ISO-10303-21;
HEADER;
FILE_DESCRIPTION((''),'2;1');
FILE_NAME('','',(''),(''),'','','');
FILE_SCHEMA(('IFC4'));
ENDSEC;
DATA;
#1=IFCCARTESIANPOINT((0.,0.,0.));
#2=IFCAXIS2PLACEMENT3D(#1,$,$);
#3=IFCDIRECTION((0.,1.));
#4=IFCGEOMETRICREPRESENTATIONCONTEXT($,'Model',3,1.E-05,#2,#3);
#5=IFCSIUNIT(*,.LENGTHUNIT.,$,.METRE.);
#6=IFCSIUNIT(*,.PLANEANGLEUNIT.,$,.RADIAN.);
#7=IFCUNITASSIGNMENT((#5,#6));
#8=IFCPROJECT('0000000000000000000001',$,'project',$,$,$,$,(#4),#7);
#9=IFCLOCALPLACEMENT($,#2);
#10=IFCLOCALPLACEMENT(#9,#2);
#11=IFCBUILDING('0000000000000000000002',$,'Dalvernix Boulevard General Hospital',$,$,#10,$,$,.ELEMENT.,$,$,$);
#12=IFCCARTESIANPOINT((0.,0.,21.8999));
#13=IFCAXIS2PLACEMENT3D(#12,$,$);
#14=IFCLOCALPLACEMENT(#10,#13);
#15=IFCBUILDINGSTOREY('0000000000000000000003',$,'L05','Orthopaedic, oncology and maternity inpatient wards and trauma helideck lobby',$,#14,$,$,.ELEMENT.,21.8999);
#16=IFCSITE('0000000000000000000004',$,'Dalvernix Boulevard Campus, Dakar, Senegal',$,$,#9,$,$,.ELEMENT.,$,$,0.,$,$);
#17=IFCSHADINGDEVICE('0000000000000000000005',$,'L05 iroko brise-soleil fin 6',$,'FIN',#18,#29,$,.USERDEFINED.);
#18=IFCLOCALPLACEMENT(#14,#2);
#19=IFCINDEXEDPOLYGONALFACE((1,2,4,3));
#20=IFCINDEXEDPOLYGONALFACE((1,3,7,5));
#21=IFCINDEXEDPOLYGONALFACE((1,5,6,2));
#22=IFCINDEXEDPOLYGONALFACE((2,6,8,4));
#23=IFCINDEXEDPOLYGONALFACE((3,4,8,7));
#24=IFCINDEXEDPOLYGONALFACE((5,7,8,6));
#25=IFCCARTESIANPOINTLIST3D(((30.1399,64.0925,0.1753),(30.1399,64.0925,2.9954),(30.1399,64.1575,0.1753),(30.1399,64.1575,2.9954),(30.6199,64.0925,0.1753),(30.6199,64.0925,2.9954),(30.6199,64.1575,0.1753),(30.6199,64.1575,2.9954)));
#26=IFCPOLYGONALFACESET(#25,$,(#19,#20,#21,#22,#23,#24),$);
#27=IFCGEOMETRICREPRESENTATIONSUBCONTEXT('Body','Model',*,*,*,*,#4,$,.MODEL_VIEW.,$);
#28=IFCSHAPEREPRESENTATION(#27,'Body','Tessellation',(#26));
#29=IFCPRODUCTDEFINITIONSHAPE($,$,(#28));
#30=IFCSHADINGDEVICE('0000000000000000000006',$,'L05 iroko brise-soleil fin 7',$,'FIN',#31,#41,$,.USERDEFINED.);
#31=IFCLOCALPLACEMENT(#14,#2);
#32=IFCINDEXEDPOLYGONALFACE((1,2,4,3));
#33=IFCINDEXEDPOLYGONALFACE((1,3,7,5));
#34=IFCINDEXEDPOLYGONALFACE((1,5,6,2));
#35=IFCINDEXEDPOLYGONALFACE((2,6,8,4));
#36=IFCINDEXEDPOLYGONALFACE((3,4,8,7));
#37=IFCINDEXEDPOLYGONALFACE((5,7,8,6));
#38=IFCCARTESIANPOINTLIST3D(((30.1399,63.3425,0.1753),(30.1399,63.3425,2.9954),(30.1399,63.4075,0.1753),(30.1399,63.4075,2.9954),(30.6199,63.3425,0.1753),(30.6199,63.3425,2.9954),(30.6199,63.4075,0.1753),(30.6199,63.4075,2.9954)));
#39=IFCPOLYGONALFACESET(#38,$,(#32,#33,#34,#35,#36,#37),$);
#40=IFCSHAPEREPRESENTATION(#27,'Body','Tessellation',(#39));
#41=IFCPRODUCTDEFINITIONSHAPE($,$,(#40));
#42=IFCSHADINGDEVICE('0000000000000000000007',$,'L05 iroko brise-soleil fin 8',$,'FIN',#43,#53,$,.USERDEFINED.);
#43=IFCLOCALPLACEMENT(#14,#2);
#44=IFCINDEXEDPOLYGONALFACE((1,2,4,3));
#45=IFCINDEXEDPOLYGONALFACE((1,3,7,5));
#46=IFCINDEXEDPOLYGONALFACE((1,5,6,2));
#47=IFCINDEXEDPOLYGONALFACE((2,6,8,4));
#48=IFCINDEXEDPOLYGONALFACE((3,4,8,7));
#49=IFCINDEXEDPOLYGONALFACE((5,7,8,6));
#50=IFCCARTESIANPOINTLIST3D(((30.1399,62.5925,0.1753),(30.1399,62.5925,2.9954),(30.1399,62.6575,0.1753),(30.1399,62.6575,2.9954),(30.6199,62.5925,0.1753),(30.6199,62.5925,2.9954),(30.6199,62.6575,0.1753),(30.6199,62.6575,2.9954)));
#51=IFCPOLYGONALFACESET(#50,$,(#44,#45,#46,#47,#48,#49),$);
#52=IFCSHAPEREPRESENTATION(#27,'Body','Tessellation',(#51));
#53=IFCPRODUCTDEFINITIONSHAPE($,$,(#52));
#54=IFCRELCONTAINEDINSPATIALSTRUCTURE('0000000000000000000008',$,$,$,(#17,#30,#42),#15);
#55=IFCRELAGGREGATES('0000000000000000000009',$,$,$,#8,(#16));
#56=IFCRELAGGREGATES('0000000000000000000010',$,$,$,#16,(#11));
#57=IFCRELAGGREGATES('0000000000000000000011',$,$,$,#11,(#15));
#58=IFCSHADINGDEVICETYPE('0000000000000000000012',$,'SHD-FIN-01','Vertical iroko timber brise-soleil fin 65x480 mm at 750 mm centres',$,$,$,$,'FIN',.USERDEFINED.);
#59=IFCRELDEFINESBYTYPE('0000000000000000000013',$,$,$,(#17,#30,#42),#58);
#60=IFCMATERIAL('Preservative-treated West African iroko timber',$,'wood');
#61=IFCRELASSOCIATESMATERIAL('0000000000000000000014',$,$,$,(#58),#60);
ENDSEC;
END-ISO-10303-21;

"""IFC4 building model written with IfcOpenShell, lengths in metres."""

from ifc_helpers import new_model, si_unit, direction, frame, origin, origin_2d, place, context, subcontext, project, spatial, rectangle, extrude, material, type_object, element, save


model = new_model("IFC4")

# Units and contexts
model_context = context("Model", 3, precision=1e-05, world=origin(), true_north=direction((0.0, 1.0)))
body_context = subcontext(model_context, "Body", "Model", "MODEL_VIEW")
ifc_project = project(units=[si_unit("LENGTHUNIT", "METRE"), si_unit("PLANEANGLEUNIT", "RADIAN")], contexts=[model_context])

# Site, building, storey
site_placement = place(None, origin())
site = spatial("IfcSite", under=ifc_project, at=site_placement, Name="Dalvernix Boulevard Campus, Dakar, Senegal", CompositionType="ELEMENT", RefElevation=0.0)
building_placement = place(site_placement, origin())
building = spatial("IfcBuilding", under=site, at=building_placement, Name="Dalvernix Boulevard General Hospital", CompositionType="ELEMENT")
storey_placement = place(building_placement, frame((0.0, 0.0, 21.8999)))
storey = spatial("IfcBuildingStorey", under=building, at=storey_placement, Name="L05", Description="Orthopaedic, oncology and maternity inpatient wards and trauma helideck lobby", CompositionType="ELEMENT", Elevation=21.8999)

# Shading devices
ifc_material_1 = material(Name="Preservative-treated West African iroko timber", Category="wood")
shading_device_type = type_object("IfcShadingDeviceType", Name="SHD-FIN-01", Description="Vertical iroko timber brise-soleil fin 65x480 mm at 750 mm centres", ElementType="FIN", PredefinedType="USERDEFINED", material=ifc_material_1)
for number, where, z_axis, x_axis, name in (
    (1, (30.3799, 64.125, 0.1753), (0.0, 0.0, 1.0), (0.0, -1.0, 0.0), "L05 iroko brise-soleil fin 6"),
    (2, (30.3799, 63.375, 0.1753), (0.0, 0.0, 1.0), (0.0, -1.0, 0.0), "L05 iroko brise-soleil fin 7"),
    (3, (30.3799, 62.625, 0.1753), (0.0, 0.0, 1.0), (0.0, -1.0, 0.0), "L05 iroko brise-soleil fin 8"),
):
    element("IfcShadingDevice", number, at=place(storey_placement, frame(where, z_axis=z_axis, x_axis=x_axis)), inside=storey, type_object=shading_device_type, Name=name, ObjectType="FIN", PredefinedType="USERDEFINED", context=body_context, shape_type="SweptSolid", body=[
        extrude(rectangle(XDim=0.0649, YDim=0.48, at=origin_2d()), origin(), (0.0, 0.0, 1.0), 2.8201),
    ])

save(model, "model.ifc")
